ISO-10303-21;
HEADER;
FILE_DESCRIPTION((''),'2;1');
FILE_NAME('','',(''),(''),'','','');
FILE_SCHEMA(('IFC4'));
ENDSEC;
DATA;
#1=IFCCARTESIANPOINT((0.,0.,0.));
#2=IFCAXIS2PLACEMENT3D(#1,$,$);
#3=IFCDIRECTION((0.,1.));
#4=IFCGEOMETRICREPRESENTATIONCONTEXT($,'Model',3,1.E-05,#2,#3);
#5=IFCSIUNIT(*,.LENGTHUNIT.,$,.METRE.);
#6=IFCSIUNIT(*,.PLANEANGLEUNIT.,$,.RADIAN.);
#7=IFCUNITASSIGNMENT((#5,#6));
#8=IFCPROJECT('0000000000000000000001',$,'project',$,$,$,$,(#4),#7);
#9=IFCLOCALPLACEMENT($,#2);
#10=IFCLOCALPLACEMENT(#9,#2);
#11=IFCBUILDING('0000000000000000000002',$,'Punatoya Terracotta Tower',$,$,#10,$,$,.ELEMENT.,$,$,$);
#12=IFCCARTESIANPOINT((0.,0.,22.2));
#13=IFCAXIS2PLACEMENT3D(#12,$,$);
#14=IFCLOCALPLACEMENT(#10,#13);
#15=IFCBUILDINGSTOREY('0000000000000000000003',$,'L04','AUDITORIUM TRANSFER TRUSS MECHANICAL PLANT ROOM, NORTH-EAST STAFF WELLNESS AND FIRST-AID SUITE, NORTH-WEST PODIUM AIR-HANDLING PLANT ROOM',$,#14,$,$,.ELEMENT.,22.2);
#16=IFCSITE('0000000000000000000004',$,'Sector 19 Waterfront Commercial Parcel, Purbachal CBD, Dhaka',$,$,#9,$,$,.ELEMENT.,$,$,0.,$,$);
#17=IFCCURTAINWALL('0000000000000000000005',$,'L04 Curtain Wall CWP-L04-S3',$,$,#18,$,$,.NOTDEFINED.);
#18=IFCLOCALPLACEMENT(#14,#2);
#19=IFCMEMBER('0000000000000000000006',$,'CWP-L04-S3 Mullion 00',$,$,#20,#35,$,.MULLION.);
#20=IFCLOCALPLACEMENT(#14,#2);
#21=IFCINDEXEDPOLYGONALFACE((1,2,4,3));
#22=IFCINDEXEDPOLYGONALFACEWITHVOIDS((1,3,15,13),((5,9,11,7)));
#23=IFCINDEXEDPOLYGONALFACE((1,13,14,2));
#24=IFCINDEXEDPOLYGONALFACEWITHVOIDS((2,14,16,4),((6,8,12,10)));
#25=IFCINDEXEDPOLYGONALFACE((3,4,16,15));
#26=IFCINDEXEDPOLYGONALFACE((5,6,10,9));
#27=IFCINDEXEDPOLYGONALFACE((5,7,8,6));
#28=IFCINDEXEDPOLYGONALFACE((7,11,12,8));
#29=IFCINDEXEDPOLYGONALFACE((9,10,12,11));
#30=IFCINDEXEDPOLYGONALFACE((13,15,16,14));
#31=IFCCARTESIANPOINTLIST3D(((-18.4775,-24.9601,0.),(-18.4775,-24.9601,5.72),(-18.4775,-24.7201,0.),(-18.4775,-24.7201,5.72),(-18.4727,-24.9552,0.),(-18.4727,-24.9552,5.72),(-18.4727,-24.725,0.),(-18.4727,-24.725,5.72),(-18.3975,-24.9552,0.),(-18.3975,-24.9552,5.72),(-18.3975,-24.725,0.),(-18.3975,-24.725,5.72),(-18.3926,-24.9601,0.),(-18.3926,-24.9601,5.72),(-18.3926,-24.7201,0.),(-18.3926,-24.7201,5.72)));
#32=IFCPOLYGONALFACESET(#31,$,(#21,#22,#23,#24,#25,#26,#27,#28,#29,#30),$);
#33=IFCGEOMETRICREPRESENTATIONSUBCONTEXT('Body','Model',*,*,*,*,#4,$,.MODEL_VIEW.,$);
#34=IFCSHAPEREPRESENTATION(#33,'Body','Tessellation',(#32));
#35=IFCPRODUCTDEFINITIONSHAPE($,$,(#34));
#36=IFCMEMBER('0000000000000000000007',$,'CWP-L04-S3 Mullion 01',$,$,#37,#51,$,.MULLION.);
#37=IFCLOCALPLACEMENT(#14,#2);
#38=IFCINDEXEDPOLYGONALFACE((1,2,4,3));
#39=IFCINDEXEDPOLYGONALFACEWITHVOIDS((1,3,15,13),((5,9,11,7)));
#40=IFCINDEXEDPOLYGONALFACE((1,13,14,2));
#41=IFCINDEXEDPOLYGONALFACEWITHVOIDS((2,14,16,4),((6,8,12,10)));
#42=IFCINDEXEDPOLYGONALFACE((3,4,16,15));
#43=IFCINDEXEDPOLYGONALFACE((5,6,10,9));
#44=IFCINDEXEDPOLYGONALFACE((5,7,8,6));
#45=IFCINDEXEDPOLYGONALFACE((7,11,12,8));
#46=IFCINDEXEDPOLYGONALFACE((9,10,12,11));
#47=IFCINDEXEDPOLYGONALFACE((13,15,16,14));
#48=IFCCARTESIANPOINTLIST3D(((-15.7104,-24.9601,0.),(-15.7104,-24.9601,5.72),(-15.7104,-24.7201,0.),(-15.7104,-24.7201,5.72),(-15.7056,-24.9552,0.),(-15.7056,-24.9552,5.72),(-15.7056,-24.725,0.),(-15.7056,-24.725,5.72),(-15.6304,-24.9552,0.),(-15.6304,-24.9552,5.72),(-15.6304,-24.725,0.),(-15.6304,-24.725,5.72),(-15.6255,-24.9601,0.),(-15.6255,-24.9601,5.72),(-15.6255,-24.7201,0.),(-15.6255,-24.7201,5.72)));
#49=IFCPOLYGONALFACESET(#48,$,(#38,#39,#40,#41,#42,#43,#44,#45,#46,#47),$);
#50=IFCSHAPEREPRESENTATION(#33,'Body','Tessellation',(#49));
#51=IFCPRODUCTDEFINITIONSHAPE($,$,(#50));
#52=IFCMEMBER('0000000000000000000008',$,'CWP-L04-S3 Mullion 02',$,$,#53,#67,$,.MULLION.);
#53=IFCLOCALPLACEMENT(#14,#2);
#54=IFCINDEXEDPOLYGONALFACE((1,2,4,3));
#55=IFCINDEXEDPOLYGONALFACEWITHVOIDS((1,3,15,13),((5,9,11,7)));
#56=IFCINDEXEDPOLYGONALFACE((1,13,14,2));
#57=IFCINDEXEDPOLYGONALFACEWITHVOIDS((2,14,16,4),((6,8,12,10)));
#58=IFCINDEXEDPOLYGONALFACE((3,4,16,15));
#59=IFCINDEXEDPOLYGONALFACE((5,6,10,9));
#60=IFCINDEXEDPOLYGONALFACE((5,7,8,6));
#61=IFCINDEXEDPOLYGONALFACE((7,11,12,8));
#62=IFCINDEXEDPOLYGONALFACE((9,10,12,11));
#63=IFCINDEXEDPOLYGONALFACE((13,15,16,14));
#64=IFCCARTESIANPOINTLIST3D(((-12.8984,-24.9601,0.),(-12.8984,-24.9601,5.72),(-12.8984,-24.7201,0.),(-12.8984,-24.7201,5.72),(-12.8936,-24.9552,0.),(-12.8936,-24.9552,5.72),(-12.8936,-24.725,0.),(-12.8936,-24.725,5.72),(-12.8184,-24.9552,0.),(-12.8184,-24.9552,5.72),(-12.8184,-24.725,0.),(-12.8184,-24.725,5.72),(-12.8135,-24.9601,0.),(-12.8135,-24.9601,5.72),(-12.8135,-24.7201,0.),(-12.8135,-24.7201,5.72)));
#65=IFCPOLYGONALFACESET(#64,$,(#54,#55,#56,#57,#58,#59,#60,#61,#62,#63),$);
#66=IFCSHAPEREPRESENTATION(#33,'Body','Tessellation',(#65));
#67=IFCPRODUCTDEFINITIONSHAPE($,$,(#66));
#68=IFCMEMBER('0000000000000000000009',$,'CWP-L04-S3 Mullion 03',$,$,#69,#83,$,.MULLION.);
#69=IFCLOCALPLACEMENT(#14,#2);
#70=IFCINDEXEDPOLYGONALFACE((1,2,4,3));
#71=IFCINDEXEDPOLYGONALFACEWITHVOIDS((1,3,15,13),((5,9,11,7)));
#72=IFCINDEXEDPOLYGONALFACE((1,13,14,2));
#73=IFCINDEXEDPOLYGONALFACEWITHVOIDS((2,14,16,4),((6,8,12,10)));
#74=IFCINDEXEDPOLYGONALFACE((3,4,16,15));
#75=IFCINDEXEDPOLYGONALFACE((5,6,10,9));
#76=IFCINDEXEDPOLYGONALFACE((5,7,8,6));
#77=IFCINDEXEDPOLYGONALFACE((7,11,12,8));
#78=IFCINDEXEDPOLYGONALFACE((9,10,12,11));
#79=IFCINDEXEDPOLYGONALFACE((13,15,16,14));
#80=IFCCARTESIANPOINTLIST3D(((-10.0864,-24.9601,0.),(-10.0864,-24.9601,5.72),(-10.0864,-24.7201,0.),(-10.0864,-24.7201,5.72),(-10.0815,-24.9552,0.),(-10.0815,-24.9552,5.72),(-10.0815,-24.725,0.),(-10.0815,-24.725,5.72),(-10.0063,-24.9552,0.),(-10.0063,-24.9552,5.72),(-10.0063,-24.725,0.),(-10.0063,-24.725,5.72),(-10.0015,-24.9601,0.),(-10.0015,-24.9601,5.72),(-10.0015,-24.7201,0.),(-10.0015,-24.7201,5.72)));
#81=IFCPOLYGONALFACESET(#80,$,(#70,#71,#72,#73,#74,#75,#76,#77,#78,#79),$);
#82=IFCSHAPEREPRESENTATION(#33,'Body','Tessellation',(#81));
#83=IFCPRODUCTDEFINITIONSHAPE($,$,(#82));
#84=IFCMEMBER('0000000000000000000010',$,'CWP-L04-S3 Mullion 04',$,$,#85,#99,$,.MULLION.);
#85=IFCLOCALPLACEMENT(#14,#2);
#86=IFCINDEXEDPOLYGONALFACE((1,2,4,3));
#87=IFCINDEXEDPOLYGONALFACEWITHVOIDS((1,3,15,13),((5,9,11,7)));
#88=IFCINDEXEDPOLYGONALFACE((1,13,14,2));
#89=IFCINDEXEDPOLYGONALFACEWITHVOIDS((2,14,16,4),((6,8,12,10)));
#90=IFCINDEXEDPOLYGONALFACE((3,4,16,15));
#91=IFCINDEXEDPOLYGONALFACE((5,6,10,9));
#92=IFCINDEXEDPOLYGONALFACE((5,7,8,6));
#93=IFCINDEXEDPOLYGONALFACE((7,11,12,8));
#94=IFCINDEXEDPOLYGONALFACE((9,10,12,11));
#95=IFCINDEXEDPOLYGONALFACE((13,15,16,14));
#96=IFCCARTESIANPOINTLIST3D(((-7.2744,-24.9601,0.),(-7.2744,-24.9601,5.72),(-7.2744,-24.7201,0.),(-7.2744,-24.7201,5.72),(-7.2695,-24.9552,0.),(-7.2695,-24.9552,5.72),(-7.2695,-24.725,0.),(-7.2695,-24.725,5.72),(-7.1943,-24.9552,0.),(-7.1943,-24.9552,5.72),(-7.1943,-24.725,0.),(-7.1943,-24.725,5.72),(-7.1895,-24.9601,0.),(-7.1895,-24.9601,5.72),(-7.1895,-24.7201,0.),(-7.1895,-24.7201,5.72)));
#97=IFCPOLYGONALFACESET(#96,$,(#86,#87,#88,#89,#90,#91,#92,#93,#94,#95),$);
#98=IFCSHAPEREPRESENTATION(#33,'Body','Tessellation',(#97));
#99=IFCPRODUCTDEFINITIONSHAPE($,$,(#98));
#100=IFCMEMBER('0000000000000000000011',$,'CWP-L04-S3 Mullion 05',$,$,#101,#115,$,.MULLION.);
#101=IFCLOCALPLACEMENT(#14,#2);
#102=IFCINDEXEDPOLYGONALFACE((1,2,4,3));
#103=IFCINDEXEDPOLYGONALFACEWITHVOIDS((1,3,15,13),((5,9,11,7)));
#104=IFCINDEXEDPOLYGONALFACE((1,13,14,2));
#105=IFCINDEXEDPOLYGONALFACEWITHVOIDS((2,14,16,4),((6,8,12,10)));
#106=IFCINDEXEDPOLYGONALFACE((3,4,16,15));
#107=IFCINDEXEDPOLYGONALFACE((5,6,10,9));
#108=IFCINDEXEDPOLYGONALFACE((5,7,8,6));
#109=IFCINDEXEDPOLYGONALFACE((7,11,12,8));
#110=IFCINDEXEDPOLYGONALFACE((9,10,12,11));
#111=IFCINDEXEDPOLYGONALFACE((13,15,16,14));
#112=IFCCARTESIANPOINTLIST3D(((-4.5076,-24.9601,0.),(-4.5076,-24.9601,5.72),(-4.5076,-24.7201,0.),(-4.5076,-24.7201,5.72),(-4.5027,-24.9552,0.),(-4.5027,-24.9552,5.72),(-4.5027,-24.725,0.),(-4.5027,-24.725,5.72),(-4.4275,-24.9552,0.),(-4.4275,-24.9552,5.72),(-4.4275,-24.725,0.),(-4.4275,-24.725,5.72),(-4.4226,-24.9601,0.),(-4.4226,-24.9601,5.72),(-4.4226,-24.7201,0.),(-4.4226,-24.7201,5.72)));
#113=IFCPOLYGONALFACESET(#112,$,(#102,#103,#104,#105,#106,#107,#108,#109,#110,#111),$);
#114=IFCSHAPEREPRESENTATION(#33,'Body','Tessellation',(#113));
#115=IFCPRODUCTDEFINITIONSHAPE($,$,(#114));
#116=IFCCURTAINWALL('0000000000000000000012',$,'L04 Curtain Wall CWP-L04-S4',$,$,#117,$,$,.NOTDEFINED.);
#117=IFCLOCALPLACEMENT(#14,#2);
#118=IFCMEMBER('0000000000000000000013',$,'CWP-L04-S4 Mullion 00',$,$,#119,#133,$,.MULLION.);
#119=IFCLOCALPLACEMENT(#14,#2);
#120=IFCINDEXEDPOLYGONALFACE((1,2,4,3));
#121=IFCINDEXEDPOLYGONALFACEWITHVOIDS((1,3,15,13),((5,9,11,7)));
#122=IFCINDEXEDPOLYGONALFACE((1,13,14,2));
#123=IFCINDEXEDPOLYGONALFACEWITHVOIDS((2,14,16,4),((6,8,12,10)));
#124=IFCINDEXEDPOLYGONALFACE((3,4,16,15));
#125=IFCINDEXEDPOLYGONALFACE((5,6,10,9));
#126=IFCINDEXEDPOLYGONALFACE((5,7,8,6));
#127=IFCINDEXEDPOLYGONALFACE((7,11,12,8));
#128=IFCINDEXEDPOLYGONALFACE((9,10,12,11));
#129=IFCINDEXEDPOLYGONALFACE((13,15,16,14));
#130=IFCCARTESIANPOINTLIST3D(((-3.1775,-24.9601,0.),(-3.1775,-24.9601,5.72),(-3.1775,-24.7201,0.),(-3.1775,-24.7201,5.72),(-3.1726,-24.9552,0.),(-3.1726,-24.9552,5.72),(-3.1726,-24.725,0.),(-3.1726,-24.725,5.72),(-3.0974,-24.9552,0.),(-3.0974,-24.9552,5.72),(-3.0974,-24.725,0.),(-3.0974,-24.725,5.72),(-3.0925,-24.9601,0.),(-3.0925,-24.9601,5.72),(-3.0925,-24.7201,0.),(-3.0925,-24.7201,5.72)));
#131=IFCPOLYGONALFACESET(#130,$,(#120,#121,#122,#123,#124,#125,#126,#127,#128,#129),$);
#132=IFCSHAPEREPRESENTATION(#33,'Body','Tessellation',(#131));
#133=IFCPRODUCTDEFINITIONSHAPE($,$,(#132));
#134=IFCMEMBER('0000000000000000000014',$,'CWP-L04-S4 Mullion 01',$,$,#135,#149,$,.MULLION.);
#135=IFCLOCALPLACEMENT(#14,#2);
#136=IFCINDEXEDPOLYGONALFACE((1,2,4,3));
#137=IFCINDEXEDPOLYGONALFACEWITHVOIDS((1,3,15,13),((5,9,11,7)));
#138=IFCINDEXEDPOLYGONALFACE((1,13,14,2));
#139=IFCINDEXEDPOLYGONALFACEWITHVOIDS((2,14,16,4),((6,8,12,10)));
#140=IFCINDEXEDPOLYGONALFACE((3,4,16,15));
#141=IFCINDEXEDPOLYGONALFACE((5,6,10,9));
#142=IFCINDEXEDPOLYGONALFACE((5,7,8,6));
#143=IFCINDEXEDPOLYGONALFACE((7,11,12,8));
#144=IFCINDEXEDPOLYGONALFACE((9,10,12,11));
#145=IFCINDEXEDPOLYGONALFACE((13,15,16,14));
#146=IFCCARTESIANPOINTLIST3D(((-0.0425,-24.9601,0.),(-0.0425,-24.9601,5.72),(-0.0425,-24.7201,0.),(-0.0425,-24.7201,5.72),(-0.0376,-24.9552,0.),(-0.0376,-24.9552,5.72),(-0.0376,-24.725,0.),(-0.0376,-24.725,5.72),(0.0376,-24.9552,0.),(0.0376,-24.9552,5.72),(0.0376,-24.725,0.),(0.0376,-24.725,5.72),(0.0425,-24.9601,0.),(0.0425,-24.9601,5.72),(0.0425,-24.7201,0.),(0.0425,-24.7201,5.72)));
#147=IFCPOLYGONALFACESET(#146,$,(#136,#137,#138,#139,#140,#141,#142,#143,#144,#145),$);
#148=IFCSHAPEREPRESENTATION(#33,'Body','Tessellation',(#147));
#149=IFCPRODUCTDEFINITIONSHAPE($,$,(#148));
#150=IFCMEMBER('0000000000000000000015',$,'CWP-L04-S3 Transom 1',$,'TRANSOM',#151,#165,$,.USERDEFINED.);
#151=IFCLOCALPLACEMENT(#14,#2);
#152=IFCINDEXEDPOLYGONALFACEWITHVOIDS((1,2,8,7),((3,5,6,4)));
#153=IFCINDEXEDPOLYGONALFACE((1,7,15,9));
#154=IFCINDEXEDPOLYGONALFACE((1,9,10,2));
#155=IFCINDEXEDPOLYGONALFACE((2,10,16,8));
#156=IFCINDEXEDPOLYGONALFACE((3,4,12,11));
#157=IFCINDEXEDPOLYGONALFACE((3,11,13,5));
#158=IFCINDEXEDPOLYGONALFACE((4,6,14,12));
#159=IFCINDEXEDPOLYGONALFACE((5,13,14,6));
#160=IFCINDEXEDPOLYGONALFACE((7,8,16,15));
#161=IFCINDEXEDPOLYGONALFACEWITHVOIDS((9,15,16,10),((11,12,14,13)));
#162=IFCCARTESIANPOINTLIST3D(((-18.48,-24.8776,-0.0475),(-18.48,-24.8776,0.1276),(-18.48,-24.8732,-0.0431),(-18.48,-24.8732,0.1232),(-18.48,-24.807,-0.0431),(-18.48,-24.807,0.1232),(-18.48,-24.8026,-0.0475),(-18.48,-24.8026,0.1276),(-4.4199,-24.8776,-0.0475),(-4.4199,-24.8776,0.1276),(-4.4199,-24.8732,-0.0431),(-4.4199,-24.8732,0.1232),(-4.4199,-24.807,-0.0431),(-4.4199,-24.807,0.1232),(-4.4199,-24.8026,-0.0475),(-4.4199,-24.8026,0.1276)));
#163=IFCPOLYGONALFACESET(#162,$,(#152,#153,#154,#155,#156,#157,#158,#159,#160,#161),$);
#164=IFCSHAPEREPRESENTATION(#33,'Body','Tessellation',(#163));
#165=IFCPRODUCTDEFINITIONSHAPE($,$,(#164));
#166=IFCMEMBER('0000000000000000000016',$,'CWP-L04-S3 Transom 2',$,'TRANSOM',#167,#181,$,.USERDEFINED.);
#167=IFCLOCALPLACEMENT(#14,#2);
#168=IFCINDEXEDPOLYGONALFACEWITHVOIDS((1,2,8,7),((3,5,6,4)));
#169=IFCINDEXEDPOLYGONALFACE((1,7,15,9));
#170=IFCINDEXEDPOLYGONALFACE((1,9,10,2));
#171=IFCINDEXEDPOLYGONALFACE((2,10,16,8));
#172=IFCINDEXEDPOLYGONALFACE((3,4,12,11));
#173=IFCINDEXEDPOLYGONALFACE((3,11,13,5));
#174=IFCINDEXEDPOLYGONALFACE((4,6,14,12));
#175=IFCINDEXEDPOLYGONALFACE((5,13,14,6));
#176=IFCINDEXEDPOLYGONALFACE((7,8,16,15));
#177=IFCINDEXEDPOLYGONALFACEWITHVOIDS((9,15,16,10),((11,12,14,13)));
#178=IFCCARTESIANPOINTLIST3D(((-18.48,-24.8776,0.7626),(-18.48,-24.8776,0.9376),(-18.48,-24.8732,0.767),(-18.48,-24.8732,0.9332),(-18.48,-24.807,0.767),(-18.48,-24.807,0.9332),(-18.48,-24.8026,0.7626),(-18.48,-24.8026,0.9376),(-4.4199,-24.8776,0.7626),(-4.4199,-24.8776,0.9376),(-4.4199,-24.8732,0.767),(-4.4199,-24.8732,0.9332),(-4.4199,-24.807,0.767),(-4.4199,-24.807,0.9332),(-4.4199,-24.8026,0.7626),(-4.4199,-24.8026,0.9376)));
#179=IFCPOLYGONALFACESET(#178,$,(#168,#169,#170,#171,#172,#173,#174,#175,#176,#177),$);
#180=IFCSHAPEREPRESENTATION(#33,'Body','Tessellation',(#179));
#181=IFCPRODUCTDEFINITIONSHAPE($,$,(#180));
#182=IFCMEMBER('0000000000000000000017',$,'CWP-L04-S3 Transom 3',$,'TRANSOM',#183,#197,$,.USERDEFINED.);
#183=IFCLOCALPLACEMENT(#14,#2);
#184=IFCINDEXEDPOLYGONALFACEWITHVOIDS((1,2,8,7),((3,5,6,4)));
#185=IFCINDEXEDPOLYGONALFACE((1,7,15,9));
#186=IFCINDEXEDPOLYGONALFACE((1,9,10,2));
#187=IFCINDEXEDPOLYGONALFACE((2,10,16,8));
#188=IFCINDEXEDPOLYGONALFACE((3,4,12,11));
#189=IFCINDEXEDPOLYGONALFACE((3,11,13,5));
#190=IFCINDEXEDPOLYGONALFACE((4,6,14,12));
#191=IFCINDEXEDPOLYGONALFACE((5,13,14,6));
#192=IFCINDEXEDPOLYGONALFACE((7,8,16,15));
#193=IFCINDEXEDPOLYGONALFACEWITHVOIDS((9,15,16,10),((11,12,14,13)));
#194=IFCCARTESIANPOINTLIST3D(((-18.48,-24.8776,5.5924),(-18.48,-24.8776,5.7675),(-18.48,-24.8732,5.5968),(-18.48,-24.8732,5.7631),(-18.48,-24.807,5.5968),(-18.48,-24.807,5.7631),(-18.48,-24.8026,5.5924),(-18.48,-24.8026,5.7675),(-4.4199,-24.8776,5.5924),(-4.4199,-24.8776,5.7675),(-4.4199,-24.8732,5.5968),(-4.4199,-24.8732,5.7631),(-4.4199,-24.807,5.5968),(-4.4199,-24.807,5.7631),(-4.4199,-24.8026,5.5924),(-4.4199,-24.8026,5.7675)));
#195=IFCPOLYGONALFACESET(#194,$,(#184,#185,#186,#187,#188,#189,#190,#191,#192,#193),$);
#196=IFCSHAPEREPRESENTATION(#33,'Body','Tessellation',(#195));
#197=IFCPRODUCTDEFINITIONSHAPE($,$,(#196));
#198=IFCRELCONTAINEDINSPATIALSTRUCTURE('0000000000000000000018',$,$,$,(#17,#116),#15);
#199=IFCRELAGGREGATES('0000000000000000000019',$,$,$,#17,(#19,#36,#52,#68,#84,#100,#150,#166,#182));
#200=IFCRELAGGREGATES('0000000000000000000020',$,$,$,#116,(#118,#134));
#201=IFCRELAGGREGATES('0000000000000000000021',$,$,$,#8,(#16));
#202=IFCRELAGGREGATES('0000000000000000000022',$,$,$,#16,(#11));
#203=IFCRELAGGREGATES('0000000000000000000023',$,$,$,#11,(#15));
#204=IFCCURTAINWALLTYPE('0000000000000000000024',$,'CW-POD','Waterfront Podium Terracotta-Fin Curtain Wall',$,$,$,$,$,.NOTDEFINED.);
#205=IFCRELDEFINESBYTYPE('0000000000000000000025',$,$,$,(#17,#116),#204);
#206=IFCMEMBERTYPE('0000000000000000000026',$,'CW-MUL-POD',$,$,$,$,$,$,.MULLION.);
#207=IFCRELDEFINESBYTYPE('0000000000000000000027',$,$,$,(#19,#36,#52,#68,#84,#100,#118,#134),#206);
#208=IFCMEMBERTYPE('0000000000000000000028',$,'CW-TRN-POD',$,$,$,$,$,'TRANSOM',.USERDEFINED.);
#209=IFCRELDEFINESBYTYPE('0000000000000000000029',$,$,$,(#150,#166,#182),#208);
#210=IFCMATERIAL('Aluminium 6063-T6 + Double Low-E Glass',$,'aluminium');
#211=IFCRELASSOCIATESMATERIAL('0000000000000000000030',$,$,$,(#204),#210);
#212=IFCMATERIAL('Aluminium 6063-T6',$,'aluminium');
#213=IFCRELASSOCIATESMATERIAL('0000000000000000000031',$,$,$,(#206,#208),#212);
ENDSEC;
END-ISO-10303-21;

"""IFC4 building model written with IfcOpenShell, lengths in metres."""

from ifc_helpers import new_model, si_unit, direction, frame, origin, origin_2d, place, context, subcontext, project, spatial, hollow_rectangle, extrude, material, material_profile, profile_set, type_object, element, aggregate, save


model = new_model("IFC4")

# Units and contexts
model_context = context("Model", 3, precision=1e-05, world=origin(), true_north=direction((0.0, 1.0)))
body_context = subcontext(model_context, "Body", "Model", "MODEL_VIEW")
ifc_project = project(units=[si_unit("LENGTHUNIT", "METRE"), si_unit("PLANEANGLEUNIT", "RADIAN")], contexts=[model_context])

# Site, building, storey
site_placement = place(None, origin())
site = spatial("IfcSite", under=ifc_project, at=site_placement, Name="Sector 19 Waterfront Commercial Parcel, Purbachal CBD, Dhaka", CompositionType="ELEMENT", RefElevation=0.0)
building_placement = place(site_placement, origin())
building = spatial("IfcBuilding", under=site, at=building_placement, Name="Punatoya Terracotta Tower", CompositionType="ELEMENT")
storey_placement = place(building_placement, frame((0.0, 0.0, 22.2)))
storey = spatial("IfcBuildingStorey", under=building, at=storey_placement, Name="L04", Description="AUDITORIUM TRANSFER TRUSS MECHANICAL PLANT ROOM, NORTH-EAST STAFF WELLNESS AND FIRST-AID SUITE, NORTH-WEST PODIUM AIR-HANDLING PLANT ROOM", CompositionType="ELEMENT", Elevation=22.2)

# Curtain walls, members
ifc_material_1 = material(Name="Aluminium 6063-T6 + Double Low-E Glass", Category="aluminium")
curtain_wall_type = type_object("IfcCurtainWallType", Name="CW-POD", Description="Waterfront Podium Terracotta-Fin Curtain Wall", PredefinedType="NOTDEFINED", material=ifc_material_1)
curtain_wall_1_placement = place(storey_placement, origin())
curtain_wall_1 = element("IfcCurtainWall", 1, at=curtain_wall_1_placement, inside=storey, type_object=curtain_wall_type, Name="L04 Curtain Wall CWP-L04-S3", PredefinedType="NOTDEFINED")
ifc_material_2 = material(Name="Aluminium 6063-T6", Category="aluminium")
ifc_material_profile_1 = material_profile(ifc_material_2, hollow_rectangle(XDim=0.085, YDim=0.24, WallThickness=0.0049, at=origin_2d()))
ifc_profile_set_1 = profile_set([ifc_material_profile_1], Name="Aluminium 6063-T6")
member_type_1 = type_object("IfcMemberType", Name="CW-MUL-POD", PredefinedType="MULLION", material=ifc_profile_set_1)
member_1_placement = place(storey_placement, frame((-18.4351, -24.8401, 0.0), z_axis=(0.0, 0.0, 1.0), x_axis=(1.0, 0.0, 0.0)))
member_1 = element("IfcMember", 2, at=member_1_placement, type_object=member_type_1, Name="CWP-L04-S3 Mullion 00", PredefinedType="MULLION", context=body_context, shape_type="SweptSolid", body=[
    extrude(hollow_rectangle(XDim=0.085, YDim=0.24, WallThickness=0.0049, at=origin_2d()), origin(), (0.0, 0.0, 1.0), 5.72),
])
member_2_placement = place(storey_placement, frame((-15.668, -24.8401, 0.0), z_axis=(0.0, 0.0, 1.0), x_axis=(1.0, 0.0, 0.0)))
member_2 = element("IfcMember", 3, at=member_2_placement, type_object=member_type_1, Name="CWP-L04-S3 Mullion 01", PredefinedType="MULLION", context=body_context, shape_type="SweptSolid", body=[
    extrude(hollow_rectangle(XDim=0.085, YDim=0.24, WallThickness=0.0049, at=origin_2d()), origin(), (0.0, 0.0, 1.0), 5.72),
])
member_3_placement = place(storey_placement, frame((-12.856, -24.8401, 0.0), z_axis=(0.0, 0.0, 1.0), x_axis=(1.0, 0.0, 0.0)))
member_3 = element("IfcMember", 4, at=member_3_placement, type_object=member_type_1, Name="CWP-L04-S3 Mullion 02", PredefinedType="MULLION", context=body_context, shape_type="SweptSolid", body=[
    extrude(hollow_rectangle(XDim=0.085, YDim=0.24, WallThickness=0.0049, at=origin_2d()), origin(), (0.0, 0.0, 1.0), 5.72),
])
member_4_placement = place(storey_placement, frame((-10.0439, -24.8401, 0.0), z_axis=(0.0, 0.0, 1.0), x_axis=(1.0, 0.0, 0.0)))
member_4 = element("IfcMember", 5, at=member_4_placement, type_object=member_type_1, Name="CWP-L04-S3 Mullion 03", PredefinedType="MULLION", context=body_context, shape_type="SweptSolid", body=[
    extrude(hollow_rectangle(XDim=0.085, YDim=0.24, WallThickness=0.0049, at=origin_2d()), origin(), (0.0, 0.0, 1.0), 5.72),
])
member_5_placement = place(storey_placement, frame((-7.2319, -24.8401, 0.0), z_axis=(0.0, 0.0, 1.0), x_axis=(1.0, 0.0, 0.0)))
member_5 = element("IfcMember", 6, at=member_5_placement, type_object=member_type_1, Name="CWP-L04-S3 Mullion 04", PredefinedType="MULLION", context=body_context, shape_type="SweptSolid", body=[
    extrude(hollow_rectangle(XDim=0.085, YDim=0.24, WallThickness=0.0049, at=origin_2d()), origin(), (0.0, 0.0, 1.0), 5.72),
])
member_6_placement = place(storey_placement, frame((-4.4651, -24.8401, 0.0), z_axis=(0.0, 0.0, 1.0), x_axis=(1.0, 0.0, 0.0)))
member_6 = element("IfcMember", 7, at=member_6_placement, type_object=member_type_1, Name="CWP-L04-S3 Mullion 05", PredefinedType="MULLION", context=body_context, shape_type="SweptSolid", body=[
    extrude(hollow_rectangle(XDim=0.085, YDim=0.24, WallThickness=0.0049, at=origin_2d()), origin(), (0.0, 0.0, 1.0), 5.72),
])
curtain_wall_2_placement = place(storey_placement, origin())
curtain_wall_2 = element("IfcCurtainWall", 8, at=curtain_wall_2_placement, inside=storey, type_object=curtain_wall_type, Name="L04 Curtain Wall CWP-L04-S4", PredefinedType="NOTDEFINED")
member_7_placement = place(storey_placement, frame((-3.135, -24.8401, 0.0), z_axis=(0.0, 0.0, 1.0), x_axis=(1.0, 0.0, 0.0)))
member_7 = element("IfcMember", 9, at=member_7_placement, type_object=member_type_1, Name="CWP-L04-S4 Mullion 00", PredefinedType="MULLION", context=body_context, shape_type="SweptSolid", body=[
    extrude(hollow_rectangle(XDim=0.085, YDim=0.24, WallThickness=0.0049, at=origin_2d()), origin(), (0.0, 0.0, 1.0), 5.72),
])
member_8_placement = place(storey_placement, frame((0.0, -24.8401, 0.0), z_axis=(0.0, 0.0, 1.0), x_axis=(1.0, 0.0, 0.0)))
member_8 = element("IfcMember", 10, at=member_8_placement, type_object=member_type_1, Name="CWP-L04-S4 Mullion 01", PredefinedType="MULLION", context=body_context, shape_type="SweptSolid", body=[
    extrude(hollow_rectangle(XDim=0.085, YDim=0.24, WallThickness=0.0049, at=origin_2d()), origin(), (0.0, 0.0, 1.0), 5.72),
])

# Members
ifc_material_profile_2 = material_profile(ifc_material_2, hollow_rectangle(XDim=0.075, YDim=0.175, WallThickness=0.0044, at=origin_2d()))
ifc_profile_set_2 = profile_set([ifc_material_profile_2], Name="Aluminium 6063-T6")
member_type_2 = type_object("IfcMemberType", Name="CW-TRN-POD", ElementType="TRANSOM", PredefinedType="USERDEFINED", material=ifc_profile_set_2)
member_9_placement = place(storey_placement, frame((-18.48, -24.8401, 0.04), z_axis=(1.0, 0.0, 0.0), x_axis=(0.0, 1.0, 0.0)))
member_9 = element("IfcMember", 11, at=member_9_placement, type_object=member_type_2, Name="CWP-L04-S3 Transom 1", ObjectType="TRANSOM", PredefinedType="USERDEFINED", context=body_context, shape_type="SweptSolid", body=[
    extrude(hollow_rectangle(XDim=0.075, YDim=0.175, WallThickness=0.0044, at=origin_2d()), origin(), (0.0, 0.0, 1.0), 14.0601),
])
member_10_placement = place(storey_placement, frame((-18.48, -24.8401, 0.8501), z_axis=(1.0, 0.0, 0.0), x_axis=(0.0, 1.0, 0.0)))
member_10 = element("IfcMember", 12, at=member_10_placement, type_object=member_type_2, Name="CWP-L04-S3 Transom 2", ObjectType="TRANSOM", PredefinedType="USERDEFINED", context=body_context, shape_type="SweptSolid", body=[
    extrude(hollow_rectangle(XDim=0.075, YDim=0.175, WallThickness=0.0044, at=origin_2d()), origin(), (0.0, 0.0, 1.0), 14.0601),
])
member_11_placement = place(storey_placement, frame((-18.48, -24.8401, 5.6799), z_axis=(1.0, 0.0, 0.0), x_axis=(0.0, 1.0, 0.0)))
member_11 = element("IfcMember", 13, at=member_11_placement, type_object=member_type_2, Name="CWP-L04-S3 Transom 3", ObjectType="TRANSOM", PredefinedType="USERDEFINED", context=body_context, shape_type="SweptSolid", body=[
    extrude(hollow_rectangle(XDim=0.075, YDim=0.175, WallThickness=0.0044, at=origin_2d()), origin(), (0.0, 0.0, 1.0), 14.0601),
])

aggregate(curtain_wall_1, [member_1, member_2, member_3, member_4, member_5, member_6, member_9, member_10, member_11])
aggregate(curtain_wall_2, [member_7, member_8])

save(model, "model.ifc")
